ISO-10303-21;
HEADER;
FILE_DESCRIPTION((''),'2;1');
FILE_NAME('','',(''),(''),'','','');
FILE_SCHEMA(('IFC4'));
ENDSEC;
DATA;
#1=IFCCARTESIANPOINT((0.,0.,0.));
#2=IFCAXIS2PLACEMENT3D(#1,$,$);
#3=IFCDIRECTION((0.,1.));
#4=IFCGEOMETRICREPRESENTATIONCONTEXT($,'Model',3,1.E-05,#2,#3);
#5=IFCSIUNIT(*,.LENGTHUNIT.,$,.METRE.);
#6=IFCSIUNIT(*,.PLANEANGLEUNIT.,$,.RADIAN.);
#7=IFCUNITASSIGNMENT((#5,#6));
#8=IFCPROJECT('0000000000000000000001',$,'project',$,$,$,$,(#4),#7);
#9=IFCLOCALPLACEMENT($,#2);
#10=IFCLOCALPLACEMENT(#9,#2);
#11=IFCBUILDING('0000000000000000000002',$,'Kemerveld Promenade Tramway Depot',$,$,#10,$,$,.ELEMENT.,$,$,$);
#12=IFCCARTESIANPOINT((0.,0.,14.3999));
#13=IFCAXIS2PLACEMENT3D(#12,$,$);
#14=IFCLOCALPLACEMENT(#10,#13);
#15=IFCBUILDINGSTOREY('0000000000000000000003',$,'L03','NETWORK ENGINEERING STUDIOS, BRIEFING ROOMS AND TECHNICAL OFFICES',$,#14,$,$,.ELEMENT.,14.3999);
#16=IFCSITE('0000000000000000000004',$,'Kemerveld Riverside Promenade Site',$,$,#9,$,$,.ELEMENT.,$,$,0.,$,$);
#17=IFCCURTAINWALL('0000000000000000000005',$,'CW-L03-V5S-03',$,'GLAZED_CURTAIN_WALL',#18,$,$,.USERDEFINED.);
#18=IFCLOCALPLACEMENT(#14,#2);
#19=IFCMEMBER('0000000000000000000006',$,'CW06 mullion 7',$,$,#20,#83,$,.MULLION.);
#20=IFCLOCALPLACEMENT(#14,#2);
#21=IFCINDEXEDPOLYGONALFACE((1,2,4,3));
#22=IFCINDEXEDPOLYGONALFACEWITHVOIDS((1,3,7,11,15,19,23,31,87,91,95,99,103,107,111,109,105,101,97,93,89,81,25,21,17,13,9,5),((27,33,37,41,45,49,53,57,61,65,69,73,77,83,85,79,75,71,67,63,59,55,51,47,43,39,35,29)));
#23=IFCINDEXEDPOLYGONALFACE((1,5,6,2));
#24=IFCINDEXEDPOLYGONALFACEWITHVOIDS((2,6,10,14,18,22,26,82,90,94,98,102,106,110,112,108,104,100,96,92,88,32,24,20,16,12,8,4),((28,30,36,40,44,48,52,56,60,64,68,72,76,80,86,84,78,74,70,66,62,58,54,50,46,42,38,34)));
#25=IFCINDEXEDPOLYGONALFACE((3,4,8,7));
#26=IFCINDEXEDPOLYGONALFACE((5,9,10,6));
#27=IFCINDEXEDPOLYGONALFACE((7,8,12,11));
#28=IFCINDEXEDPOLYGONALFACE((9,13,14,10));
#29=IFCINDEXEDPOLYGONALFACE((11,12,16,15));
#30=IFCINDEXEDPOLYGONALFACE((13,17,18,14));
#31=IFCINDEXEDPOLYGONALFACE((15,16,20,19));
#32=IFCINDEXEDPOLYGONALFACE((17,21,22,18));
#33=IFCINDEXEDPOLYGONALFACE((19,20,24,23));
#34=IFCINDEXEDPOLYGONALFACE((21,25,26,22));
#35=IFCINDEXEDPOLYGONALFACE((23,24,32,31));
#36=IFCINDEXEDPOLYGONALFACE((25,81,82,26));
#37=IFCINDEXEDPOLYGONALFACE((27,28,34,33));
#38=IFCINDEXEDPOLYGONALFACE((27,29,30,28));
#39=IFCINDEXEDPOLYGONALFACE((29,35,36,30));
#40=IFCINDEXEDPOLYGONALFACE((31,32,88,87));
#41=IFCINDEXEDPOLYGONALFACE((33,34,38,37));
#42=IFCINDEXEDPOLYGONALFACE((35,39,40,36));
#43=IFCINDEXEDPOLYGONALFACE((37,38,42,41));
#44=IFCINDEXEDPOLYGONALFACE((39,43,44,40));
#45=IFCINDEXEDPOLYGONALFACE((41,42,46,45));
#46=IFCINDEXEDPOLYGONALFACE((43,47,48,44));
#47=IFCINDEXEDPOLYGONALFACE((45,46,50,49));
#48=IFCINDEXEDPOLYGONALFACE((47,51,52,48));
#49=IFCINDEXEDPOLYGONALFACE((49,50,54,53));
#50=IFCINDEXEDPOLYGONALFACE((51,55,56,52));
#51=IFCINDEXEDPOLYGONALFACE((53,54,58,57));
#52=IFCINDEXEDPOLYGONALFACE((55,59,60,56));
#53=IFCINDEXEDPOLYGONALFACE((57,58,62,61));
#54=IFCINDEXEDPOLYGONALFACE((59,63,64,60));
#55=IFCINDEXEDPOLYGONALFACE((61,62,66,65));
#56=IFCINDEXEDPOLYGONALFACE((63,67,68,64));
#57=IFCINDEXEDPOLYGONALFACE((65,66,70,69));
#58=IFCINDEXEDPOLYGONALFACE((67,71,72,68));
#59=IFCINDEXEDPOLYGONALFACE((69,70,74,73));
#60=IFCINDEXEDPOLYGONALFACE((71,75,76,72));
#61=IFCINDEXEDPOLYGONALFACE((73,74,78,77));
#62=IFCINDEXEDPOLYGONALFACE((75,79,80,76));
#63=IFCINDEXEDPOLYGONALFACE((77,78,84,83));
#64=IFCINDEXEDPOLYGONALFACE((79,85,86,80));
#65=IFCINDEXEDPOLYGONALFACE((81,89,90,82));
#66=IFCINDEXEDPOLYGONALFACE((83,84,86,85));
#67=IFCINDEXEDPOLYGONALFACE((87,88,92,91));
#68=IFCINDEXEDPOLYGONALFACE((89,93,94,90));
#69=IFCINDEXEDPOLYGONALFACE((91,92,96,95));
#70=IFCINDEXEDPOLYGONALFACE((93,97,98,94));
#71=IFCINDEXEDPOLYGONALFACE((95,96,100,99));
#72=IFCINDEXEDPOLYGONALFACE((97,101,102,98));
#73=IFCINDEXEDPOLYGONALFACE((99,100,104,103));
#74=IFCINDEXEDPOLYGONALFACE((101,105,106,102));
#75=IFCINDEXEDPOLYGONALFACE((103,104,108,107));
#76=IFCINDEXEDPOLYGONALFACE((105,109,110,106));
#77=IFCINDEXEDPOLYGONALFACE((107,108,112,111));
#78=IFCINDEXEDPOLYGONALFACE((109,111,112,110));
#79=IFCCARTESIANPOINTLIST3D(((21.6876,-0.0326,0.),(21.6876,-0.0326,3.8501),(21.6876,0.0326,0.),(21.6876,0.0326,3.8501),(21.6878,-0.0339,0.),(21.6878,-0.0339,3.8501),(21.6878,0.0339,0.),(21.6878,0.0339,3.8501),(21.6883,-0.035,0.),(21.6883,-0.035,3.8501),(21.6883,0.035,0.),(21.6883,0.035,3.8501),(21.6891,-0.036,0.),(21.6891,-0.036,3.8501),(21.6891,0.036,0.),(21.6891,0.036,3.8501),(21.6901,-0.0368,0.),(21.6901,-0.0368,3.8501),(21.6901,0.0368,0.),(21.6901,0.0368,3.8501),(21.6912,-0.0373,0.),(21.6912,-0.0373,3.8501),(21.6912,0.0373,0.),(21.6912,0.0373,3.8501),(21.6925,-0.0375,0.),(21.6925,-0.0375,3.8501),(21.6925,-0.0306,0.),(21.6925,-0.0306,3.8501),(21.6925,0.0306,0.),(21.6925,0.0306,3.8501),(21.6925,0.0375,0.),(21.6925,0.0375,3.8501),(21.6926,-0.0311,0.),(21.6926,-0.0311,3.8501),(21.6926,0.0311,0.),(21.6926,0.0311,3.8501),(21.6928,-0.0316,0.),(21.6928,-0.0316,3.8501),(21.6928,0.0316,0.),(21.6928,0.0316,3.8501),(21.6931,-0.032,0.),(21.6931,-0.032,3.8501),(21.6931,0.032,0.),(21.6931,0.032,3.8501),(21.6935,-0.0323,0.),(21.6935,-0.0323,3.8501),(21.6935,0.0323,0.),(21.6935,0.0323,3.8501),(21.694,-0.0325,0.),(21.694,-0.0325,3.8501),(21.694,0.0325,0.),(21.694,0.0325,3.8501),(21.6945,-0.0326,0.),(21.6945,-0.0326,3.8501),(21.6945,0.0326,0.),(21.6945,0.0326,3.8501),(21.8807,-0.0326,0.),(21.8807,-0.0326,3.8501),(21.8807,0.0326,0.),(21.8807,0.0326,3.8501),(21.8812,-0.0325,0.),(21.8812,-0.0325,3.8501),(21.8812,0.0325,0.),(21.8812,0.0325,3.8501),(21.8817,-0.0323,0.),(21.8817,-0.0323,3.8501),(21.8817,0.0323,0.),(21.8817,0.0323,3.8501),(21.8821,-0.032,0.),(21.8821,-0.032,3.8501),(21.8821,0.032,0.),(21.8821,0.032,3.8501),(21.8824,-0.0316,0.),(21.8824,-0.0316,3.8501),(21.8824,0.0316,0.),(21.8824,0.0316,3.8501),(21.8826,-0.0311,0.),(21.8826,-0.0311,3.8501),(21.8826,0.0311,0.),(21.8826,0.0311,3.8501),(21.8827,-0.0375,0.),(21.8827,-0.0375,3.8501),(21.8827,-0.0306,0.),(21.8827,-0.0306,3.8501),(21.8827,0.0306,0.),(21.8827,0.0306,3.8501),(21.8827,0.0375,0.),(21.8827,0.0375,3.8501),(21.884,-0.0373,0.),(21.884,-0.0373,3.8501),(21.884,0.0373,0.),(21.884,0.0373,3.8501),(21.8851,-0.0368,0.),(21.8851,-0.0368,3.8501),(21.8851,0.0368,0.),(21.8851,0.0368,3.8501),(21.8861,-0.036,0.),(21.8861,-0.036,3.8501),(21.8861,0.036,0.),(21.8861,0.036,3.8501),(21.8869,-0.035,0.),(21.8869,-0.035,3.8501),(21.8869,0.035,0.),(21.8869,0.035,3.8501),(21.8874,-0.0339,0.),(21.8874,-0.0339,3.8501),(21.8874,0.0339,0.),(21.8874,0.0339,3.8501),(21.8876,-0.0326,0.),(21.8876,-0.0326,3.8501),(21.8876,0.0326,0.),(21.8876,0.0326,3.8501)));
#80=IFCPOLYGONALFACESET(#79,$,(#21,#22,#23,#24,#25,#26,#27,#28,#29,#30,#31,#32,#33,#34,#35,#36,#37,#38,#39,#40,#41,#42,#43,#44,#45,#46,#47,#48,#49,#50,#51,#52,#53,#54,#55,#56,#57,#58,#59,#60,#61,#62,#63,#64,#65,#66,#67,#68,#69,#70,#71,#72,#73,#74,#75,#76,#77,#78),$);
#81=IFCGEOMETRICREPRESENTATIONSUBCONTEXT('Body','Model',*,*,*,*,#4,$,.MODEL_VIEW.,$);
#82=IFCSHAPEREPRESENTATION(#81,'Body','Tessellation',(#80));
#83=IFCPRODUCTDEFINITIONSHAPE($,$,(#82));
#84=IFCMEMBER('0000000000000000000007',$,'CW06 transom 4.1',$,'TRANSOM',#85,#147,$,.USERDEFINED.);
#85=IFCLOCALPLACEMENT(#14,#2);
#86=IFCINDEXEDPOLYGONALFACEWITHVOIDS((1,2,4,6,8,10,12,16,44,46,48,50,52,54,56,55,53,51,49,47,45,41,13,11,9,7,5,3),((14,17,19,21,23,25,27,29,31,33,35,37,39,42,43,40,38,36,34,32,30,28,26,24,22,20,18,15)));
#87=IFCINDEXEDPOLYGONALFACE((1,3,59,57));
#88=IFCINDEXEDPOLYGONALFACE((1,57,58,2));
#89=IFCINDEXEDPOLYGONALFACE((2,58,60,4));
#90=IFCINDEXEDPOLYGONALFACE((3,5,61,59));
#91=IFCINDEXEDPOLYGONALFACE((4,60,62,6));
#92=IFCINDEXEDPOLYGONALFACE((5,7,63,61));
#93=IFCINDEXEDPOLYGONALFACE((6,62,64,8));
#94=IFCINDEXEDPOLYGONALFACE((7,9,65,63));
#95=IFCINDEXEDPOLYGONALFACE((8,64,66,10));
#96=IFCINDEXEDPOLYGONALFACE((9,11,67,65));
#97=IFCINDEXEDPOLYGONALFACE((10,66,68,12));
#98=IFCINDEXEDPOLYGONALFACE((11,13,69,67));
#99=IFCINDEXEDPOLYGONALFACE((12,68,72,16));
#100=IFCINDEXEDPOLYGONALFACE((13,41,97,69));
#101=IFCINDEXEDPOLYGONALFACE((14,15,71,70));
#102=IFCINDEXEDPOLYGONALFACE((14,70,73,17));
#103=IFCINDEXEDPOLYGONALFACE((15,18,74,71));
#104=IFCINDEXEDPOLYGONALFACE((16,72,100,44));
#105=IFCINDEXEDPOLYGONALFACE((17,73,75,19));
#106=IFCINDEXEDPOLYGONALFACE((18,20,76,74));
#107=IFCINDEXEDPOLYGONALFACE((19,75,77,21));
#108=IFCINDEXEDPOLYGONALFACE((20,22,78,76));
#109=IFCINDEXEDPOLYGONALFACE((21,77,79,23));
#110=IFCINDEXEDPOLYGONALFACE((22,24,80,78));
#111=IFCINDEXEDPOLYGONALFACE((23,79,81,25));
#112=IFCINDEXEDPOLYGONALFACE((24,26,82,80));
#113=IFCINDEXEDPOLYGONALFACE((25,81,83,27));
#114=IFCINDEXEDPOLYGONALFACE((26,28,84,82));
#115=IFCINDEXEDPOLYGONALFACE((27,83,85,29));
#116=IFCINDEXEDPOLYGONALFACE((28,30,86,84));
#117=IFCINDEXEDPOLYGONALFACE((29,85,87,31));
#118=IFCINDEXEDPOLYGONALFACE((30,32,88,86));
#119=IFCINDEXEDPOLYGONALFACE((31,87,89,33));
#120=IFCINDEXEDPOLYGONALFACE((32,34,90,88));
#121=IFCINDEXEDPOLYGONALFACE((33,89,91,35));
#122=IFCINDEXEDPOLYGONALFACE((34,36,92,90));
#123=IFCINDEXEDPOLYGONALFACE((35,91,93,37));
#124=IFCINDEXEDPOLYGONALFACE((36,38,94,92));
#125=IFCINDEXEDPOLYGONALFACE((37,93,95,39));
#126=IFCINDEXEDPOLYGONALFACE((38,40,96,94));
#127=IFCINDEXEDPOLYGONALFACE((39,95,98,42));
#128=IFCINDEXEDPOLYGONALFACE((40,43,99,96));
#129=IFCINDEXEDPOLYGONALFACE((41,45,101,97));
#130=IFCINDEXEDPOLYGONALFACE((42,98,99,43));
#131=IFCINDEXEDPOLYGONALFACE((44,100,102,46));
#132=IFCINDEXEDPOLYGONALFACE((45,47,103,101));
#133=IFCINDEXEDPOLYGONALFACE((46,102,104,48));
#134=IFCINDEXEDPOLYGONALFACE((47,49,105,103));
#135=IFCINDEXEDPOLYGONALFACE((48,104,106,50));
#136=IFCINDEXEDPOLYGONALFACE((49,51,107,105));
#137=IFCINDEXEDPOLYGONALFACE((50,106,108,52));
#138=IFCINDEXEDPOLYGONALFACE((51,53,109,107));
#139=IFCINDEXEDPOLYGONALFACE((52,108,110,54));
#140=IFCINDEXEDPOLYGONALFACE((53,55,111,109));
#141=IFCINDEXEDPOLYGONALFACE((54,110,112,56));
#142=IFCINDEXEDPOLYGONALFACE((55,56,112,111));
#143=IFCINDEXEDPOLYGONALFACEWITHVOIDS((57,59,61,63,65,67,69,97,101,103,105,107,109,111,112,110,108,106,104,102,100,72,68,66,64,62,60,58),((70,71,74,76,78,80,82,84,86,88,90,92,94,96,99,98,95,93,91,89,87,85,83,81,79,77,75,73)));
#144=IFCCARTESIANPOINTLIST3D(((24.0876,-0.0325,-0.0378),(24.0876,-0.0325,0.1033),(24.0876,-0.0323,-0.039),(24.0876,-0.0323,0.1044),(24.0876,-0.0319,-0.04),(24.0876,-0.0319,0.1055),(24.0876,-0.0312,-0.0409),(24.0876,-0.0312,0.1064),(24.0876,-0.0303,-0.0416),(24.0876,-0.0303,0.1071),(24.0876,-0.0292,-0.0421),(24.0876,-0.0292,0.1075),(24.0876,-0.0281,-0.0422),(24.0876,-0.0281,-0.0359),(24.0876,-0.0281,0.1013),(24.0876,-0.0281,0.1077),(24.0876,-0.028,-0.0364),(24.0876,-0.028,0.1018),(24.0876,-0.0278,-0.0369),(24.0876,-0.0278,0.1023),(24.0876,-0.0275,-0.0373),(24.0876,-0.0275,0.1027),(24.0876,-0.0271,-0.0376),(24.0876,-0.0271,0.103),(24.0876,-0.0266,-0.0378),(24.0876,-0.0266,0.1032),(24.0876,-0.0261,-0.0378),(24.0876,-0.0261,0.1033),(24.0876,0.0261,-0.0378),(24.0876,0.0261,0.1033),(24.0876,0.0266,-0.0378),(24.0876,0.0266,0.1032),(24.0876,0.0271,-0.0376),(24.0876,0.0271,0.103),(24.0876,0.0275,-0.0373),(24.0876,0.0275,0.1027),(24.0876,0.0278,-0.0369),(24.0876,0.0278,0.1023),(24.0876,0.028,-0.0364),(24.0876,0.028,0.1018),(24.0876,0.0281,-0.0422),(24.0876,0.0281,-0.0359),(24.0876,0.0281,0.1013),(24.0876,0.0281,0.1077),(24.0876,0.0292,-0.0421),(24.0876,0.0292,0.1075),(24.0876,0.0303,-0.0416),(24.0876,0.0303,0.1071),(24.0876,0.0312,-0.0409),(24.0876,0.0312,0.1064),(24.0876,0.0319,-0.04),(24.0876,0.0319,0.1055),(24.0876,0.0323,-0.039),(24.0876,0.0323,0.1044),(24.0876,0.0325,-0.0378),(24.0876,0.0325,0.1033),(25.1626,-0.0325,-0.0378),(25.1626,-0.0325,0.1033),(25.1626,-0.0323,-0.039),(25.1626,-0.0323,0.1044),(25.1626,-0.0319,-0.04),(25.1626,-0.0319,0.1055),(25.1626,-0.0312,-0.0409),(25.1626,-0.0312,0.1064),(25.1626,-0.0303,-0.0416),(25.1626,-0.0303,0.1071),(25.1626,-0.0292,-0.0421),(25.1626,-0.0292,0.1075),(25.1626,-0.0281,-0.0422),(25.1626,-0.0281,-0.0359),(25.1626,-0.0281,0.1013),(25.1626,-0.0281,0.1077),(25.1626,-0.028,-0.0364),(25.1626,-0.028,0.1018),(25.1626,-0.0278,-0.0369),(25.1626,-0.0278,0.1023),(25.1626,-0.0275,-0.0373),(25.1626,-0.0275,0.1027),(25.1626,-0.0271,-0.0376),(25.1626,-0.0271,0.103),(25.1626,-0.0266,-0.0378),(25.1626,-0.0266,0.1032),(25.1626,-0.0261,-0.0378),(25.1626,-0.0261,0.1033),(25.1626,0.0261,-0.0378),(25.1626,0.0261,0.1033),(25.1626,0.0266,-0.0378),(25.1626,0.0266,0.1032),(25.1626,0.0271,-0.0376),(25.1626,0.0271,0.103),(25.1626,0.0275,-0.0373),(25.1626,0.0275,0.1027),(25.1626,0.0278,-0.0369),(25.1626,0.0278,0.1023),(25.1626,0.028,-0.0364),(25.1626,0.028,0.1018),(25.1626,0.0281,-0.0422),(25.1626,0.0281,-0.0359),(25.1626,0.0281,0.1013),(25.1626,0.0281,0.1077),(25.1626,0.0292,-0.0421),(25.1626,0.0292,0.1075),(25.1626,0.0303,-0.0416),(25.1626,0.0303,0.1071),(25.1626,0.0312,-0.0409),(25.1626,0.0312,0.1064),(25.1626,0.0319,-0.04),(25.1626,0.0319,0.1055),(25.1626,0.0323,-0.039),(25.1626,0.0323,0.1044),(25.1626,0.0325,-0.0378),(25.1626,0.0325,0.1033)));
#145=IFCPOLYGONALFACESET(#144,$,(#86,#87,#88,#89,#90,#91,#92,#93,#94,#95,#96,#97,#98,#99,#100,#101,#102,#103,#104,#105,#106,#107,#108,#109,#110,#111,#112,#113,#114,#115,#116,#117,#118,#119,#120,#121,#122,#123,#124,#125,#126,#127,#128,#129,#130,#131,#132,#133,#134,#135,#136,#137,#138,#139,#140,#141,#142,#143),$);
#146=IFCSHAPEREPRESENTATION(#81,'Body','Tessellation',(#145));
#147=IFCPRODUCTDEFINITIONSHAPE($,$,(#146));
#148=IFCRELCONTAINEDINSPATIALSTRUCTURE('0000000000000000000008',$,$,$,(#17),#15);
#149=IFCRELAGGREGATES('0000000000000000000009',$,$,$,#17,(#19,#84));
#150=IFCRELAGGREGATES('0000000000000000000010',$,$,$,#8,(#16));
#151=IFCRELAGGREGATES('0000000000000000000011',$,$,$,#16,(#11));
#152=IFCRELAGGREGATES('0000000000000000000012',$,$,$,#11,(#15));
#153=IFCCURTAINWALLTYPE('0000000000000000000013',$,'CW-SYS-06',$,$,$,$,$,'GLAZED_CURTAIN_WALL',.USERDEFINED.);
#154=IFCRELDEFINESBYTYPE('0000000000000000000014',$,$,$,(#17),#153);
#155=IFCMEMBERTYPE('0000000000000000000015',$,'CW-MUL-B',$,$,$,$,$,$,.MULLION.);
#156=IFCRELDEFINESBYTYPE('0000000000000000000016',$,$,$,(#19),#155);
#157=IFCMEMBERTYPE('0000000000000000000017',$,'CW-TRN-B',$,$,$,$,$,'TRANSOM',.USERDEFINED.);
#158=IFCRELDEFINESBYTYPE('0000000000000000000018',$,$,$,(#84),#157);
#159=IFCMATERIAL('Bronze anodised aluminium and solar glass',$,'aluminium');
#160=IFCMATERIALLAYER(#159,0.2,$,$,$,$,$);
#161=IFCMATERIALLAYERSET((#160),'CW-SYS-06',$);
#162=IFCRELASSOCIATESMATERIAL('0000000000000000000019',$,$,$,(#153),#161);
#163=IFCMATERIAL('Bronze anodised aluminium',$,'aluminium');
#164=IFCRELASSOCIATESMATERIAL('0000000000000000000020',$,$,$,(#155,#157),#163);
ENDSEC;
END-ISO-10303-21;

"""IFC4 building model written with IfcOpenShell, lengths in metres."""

from ifc_helpers import new_model, si_unit, direction, frame, origin, origin_2d, place, context, subcontext, project, spatial, hollow_rectangle, extrude, material, layer, layer_set, material_profile, profile_set, type_object, element, aggregate, save


model = new_model("IFC4")

# Units and contexts
model_context = context("Model", 3, precision=1e-05, world=origin(), true_north=direction((0.0, 1.0)))
body_context = subcontext(model_context, "Body", "Model", "MODEL_VIEW")
ifc_project = project(units=[si_unit("LENGTHUNIT", "METRE"), si_unit("PLANEANGLEUNIT", "RADIAN")], contexts=[model_context])

# Site, building, storey
site_placement = place(None, origin())
site = spatial("IfcSite", under=ifc_project, at=site_placement, Name="Kemerveld Riverside Promenade Site", CompositionType="ELEMENT", RefElevation=0.0)
building_placement = place(site_placement, origin())
building = spatial("IfcBuilding", under=site, at=building_placement, Name="Kemerveld Promenade Tramway Depot", CompositionType="ELEMENT")
storey_placement = place(building_placement, frame((0.0, 0.0, 14.3999)))
storey = spatial("IfcBuildingStorey", under=building, at=storey_placement, Name="L03", Description="NETWORK ENGINEERING STUDIOS, BRIEFING ROOMS AND TECHNICAL OFFICES", CompositionType="ELEMENT", Elevation=14.3999)

# Curtain wall, members
ifc_material_1 = material(Name="Bronze anodised aluminium and solar glass", Category="aluminium")
ifc_layer_1 = layer(ifc_material_1, 0.2)
ifc_layer_set_1 = layer_set([ifc_layer_1], Name="CW-SYS-06")
curtain_wall_type = type_object("IfcCurtainWallType", Name="CW-SYS-06", ElementType="GLAZED_CURTAIN_WALL", PredefinedType="USERDEFINED", material=ifc_layer_set_1)
curtain_wall_placement = place(storey_placement, origin())
curtain_wall = element("IfcCurtainWall", 1, at=curtain_wall_placement, inside=storey, type_object=curtain_wall_type, Name="CW-L03-V5S-03", ObjectType="GLAZED_CURTAIN_WALL", PredefinedType="USERDEFINED")
ifc_material_2 = material(Name="Bronze anodised aluminium", Category="aluminium")
ifc_material_profile_1 = material_profile(ifc_material_2, hollow_rectangle(XDim=0.075, YDim=0.2, WallThickness=0.0049, InnerFilletRadius=0.002, OuterFilletRadius=0.0049, at=origin_2d()), Name="CW-MUL-200x75")
ifc_profile_set_1 = profile_set([ifc_material_profile_1], Name="Bronze anodised aluminium")
member_type_1 = type_object("IfcMemberType", Name="CW-MUL-B", PredefinedType="MULLION", material=ifc_profile_set_1)
member_1_placement = place(storey_placement, frame((21.7876, 0.0, 0.0), z_axis=(0.0, 0.0, 1.0), x_axis=(0.0, -1.0, 0.0)))
member_1 = element("IfcMember", 2, at=member_1_placement, type_object=member_type_1, Name="CW06 mullion 7", PredefinedType="MULLION", context=body_context, shape_type="SweptSolid", body=[
    extrude(hollow_rectangle(XDim=0.075, YDim=0.2, WallThickness=0.0049, InnerFilletRadius=0.002, OuterFilletRadius=0.0049, at=origin_2d()), origin(), (0.0, 0.0, 1.0), 3.8501),
])
ifc_material_profile_2 = material_profile(ifc_material_2, hollow_rectangle(XDim=0.0649, YDim=0.1499, WallThickness=0.0044, InnerFilletRadius=0.002, OuterFilletRadius=0.0044, at=origin_2d()), Name="CW-TRN-150x65")
ifc_profile_set_2 = profile_set([ifc_material_profile_2], Name="Bronze anodised aluminium")
member_type_2 = type_object("IfcMemberType", Name="CW-TRN-B", ElementType="TRANSOM", PredefinedType="USERDEFINED", material=ifc_profile_set_2)
member_2_placement = place(storey_placement, frame((25.1626, 0.0, 0.0327), z_axis=(-1.0, 0.0, 0.0), x_axis=(0.0, -1.0, 0.0)))
member_2 = element("IfcMember", 3, at=member_2_placement, type_object=member_type_2, Name="CW06 transom 4.1", ObjectType="TRANSOM", PredefinedType="USERDEFINED", context=body_context, shape_type="SweptSolid", body=[
    extrude(hollow_rectangle(XDim=0.0649, YDim=0.1499, WallThickness=0.0044, InnerFilletRadius=0.002, OuterFilletRadius=0.0044, at=origin_2d()), origin(), (0.0, 0.0, 1.0), 1.075),
])
aggregate(curtain_wall, [member_1, member_2])

save(model, "model.ifc")
